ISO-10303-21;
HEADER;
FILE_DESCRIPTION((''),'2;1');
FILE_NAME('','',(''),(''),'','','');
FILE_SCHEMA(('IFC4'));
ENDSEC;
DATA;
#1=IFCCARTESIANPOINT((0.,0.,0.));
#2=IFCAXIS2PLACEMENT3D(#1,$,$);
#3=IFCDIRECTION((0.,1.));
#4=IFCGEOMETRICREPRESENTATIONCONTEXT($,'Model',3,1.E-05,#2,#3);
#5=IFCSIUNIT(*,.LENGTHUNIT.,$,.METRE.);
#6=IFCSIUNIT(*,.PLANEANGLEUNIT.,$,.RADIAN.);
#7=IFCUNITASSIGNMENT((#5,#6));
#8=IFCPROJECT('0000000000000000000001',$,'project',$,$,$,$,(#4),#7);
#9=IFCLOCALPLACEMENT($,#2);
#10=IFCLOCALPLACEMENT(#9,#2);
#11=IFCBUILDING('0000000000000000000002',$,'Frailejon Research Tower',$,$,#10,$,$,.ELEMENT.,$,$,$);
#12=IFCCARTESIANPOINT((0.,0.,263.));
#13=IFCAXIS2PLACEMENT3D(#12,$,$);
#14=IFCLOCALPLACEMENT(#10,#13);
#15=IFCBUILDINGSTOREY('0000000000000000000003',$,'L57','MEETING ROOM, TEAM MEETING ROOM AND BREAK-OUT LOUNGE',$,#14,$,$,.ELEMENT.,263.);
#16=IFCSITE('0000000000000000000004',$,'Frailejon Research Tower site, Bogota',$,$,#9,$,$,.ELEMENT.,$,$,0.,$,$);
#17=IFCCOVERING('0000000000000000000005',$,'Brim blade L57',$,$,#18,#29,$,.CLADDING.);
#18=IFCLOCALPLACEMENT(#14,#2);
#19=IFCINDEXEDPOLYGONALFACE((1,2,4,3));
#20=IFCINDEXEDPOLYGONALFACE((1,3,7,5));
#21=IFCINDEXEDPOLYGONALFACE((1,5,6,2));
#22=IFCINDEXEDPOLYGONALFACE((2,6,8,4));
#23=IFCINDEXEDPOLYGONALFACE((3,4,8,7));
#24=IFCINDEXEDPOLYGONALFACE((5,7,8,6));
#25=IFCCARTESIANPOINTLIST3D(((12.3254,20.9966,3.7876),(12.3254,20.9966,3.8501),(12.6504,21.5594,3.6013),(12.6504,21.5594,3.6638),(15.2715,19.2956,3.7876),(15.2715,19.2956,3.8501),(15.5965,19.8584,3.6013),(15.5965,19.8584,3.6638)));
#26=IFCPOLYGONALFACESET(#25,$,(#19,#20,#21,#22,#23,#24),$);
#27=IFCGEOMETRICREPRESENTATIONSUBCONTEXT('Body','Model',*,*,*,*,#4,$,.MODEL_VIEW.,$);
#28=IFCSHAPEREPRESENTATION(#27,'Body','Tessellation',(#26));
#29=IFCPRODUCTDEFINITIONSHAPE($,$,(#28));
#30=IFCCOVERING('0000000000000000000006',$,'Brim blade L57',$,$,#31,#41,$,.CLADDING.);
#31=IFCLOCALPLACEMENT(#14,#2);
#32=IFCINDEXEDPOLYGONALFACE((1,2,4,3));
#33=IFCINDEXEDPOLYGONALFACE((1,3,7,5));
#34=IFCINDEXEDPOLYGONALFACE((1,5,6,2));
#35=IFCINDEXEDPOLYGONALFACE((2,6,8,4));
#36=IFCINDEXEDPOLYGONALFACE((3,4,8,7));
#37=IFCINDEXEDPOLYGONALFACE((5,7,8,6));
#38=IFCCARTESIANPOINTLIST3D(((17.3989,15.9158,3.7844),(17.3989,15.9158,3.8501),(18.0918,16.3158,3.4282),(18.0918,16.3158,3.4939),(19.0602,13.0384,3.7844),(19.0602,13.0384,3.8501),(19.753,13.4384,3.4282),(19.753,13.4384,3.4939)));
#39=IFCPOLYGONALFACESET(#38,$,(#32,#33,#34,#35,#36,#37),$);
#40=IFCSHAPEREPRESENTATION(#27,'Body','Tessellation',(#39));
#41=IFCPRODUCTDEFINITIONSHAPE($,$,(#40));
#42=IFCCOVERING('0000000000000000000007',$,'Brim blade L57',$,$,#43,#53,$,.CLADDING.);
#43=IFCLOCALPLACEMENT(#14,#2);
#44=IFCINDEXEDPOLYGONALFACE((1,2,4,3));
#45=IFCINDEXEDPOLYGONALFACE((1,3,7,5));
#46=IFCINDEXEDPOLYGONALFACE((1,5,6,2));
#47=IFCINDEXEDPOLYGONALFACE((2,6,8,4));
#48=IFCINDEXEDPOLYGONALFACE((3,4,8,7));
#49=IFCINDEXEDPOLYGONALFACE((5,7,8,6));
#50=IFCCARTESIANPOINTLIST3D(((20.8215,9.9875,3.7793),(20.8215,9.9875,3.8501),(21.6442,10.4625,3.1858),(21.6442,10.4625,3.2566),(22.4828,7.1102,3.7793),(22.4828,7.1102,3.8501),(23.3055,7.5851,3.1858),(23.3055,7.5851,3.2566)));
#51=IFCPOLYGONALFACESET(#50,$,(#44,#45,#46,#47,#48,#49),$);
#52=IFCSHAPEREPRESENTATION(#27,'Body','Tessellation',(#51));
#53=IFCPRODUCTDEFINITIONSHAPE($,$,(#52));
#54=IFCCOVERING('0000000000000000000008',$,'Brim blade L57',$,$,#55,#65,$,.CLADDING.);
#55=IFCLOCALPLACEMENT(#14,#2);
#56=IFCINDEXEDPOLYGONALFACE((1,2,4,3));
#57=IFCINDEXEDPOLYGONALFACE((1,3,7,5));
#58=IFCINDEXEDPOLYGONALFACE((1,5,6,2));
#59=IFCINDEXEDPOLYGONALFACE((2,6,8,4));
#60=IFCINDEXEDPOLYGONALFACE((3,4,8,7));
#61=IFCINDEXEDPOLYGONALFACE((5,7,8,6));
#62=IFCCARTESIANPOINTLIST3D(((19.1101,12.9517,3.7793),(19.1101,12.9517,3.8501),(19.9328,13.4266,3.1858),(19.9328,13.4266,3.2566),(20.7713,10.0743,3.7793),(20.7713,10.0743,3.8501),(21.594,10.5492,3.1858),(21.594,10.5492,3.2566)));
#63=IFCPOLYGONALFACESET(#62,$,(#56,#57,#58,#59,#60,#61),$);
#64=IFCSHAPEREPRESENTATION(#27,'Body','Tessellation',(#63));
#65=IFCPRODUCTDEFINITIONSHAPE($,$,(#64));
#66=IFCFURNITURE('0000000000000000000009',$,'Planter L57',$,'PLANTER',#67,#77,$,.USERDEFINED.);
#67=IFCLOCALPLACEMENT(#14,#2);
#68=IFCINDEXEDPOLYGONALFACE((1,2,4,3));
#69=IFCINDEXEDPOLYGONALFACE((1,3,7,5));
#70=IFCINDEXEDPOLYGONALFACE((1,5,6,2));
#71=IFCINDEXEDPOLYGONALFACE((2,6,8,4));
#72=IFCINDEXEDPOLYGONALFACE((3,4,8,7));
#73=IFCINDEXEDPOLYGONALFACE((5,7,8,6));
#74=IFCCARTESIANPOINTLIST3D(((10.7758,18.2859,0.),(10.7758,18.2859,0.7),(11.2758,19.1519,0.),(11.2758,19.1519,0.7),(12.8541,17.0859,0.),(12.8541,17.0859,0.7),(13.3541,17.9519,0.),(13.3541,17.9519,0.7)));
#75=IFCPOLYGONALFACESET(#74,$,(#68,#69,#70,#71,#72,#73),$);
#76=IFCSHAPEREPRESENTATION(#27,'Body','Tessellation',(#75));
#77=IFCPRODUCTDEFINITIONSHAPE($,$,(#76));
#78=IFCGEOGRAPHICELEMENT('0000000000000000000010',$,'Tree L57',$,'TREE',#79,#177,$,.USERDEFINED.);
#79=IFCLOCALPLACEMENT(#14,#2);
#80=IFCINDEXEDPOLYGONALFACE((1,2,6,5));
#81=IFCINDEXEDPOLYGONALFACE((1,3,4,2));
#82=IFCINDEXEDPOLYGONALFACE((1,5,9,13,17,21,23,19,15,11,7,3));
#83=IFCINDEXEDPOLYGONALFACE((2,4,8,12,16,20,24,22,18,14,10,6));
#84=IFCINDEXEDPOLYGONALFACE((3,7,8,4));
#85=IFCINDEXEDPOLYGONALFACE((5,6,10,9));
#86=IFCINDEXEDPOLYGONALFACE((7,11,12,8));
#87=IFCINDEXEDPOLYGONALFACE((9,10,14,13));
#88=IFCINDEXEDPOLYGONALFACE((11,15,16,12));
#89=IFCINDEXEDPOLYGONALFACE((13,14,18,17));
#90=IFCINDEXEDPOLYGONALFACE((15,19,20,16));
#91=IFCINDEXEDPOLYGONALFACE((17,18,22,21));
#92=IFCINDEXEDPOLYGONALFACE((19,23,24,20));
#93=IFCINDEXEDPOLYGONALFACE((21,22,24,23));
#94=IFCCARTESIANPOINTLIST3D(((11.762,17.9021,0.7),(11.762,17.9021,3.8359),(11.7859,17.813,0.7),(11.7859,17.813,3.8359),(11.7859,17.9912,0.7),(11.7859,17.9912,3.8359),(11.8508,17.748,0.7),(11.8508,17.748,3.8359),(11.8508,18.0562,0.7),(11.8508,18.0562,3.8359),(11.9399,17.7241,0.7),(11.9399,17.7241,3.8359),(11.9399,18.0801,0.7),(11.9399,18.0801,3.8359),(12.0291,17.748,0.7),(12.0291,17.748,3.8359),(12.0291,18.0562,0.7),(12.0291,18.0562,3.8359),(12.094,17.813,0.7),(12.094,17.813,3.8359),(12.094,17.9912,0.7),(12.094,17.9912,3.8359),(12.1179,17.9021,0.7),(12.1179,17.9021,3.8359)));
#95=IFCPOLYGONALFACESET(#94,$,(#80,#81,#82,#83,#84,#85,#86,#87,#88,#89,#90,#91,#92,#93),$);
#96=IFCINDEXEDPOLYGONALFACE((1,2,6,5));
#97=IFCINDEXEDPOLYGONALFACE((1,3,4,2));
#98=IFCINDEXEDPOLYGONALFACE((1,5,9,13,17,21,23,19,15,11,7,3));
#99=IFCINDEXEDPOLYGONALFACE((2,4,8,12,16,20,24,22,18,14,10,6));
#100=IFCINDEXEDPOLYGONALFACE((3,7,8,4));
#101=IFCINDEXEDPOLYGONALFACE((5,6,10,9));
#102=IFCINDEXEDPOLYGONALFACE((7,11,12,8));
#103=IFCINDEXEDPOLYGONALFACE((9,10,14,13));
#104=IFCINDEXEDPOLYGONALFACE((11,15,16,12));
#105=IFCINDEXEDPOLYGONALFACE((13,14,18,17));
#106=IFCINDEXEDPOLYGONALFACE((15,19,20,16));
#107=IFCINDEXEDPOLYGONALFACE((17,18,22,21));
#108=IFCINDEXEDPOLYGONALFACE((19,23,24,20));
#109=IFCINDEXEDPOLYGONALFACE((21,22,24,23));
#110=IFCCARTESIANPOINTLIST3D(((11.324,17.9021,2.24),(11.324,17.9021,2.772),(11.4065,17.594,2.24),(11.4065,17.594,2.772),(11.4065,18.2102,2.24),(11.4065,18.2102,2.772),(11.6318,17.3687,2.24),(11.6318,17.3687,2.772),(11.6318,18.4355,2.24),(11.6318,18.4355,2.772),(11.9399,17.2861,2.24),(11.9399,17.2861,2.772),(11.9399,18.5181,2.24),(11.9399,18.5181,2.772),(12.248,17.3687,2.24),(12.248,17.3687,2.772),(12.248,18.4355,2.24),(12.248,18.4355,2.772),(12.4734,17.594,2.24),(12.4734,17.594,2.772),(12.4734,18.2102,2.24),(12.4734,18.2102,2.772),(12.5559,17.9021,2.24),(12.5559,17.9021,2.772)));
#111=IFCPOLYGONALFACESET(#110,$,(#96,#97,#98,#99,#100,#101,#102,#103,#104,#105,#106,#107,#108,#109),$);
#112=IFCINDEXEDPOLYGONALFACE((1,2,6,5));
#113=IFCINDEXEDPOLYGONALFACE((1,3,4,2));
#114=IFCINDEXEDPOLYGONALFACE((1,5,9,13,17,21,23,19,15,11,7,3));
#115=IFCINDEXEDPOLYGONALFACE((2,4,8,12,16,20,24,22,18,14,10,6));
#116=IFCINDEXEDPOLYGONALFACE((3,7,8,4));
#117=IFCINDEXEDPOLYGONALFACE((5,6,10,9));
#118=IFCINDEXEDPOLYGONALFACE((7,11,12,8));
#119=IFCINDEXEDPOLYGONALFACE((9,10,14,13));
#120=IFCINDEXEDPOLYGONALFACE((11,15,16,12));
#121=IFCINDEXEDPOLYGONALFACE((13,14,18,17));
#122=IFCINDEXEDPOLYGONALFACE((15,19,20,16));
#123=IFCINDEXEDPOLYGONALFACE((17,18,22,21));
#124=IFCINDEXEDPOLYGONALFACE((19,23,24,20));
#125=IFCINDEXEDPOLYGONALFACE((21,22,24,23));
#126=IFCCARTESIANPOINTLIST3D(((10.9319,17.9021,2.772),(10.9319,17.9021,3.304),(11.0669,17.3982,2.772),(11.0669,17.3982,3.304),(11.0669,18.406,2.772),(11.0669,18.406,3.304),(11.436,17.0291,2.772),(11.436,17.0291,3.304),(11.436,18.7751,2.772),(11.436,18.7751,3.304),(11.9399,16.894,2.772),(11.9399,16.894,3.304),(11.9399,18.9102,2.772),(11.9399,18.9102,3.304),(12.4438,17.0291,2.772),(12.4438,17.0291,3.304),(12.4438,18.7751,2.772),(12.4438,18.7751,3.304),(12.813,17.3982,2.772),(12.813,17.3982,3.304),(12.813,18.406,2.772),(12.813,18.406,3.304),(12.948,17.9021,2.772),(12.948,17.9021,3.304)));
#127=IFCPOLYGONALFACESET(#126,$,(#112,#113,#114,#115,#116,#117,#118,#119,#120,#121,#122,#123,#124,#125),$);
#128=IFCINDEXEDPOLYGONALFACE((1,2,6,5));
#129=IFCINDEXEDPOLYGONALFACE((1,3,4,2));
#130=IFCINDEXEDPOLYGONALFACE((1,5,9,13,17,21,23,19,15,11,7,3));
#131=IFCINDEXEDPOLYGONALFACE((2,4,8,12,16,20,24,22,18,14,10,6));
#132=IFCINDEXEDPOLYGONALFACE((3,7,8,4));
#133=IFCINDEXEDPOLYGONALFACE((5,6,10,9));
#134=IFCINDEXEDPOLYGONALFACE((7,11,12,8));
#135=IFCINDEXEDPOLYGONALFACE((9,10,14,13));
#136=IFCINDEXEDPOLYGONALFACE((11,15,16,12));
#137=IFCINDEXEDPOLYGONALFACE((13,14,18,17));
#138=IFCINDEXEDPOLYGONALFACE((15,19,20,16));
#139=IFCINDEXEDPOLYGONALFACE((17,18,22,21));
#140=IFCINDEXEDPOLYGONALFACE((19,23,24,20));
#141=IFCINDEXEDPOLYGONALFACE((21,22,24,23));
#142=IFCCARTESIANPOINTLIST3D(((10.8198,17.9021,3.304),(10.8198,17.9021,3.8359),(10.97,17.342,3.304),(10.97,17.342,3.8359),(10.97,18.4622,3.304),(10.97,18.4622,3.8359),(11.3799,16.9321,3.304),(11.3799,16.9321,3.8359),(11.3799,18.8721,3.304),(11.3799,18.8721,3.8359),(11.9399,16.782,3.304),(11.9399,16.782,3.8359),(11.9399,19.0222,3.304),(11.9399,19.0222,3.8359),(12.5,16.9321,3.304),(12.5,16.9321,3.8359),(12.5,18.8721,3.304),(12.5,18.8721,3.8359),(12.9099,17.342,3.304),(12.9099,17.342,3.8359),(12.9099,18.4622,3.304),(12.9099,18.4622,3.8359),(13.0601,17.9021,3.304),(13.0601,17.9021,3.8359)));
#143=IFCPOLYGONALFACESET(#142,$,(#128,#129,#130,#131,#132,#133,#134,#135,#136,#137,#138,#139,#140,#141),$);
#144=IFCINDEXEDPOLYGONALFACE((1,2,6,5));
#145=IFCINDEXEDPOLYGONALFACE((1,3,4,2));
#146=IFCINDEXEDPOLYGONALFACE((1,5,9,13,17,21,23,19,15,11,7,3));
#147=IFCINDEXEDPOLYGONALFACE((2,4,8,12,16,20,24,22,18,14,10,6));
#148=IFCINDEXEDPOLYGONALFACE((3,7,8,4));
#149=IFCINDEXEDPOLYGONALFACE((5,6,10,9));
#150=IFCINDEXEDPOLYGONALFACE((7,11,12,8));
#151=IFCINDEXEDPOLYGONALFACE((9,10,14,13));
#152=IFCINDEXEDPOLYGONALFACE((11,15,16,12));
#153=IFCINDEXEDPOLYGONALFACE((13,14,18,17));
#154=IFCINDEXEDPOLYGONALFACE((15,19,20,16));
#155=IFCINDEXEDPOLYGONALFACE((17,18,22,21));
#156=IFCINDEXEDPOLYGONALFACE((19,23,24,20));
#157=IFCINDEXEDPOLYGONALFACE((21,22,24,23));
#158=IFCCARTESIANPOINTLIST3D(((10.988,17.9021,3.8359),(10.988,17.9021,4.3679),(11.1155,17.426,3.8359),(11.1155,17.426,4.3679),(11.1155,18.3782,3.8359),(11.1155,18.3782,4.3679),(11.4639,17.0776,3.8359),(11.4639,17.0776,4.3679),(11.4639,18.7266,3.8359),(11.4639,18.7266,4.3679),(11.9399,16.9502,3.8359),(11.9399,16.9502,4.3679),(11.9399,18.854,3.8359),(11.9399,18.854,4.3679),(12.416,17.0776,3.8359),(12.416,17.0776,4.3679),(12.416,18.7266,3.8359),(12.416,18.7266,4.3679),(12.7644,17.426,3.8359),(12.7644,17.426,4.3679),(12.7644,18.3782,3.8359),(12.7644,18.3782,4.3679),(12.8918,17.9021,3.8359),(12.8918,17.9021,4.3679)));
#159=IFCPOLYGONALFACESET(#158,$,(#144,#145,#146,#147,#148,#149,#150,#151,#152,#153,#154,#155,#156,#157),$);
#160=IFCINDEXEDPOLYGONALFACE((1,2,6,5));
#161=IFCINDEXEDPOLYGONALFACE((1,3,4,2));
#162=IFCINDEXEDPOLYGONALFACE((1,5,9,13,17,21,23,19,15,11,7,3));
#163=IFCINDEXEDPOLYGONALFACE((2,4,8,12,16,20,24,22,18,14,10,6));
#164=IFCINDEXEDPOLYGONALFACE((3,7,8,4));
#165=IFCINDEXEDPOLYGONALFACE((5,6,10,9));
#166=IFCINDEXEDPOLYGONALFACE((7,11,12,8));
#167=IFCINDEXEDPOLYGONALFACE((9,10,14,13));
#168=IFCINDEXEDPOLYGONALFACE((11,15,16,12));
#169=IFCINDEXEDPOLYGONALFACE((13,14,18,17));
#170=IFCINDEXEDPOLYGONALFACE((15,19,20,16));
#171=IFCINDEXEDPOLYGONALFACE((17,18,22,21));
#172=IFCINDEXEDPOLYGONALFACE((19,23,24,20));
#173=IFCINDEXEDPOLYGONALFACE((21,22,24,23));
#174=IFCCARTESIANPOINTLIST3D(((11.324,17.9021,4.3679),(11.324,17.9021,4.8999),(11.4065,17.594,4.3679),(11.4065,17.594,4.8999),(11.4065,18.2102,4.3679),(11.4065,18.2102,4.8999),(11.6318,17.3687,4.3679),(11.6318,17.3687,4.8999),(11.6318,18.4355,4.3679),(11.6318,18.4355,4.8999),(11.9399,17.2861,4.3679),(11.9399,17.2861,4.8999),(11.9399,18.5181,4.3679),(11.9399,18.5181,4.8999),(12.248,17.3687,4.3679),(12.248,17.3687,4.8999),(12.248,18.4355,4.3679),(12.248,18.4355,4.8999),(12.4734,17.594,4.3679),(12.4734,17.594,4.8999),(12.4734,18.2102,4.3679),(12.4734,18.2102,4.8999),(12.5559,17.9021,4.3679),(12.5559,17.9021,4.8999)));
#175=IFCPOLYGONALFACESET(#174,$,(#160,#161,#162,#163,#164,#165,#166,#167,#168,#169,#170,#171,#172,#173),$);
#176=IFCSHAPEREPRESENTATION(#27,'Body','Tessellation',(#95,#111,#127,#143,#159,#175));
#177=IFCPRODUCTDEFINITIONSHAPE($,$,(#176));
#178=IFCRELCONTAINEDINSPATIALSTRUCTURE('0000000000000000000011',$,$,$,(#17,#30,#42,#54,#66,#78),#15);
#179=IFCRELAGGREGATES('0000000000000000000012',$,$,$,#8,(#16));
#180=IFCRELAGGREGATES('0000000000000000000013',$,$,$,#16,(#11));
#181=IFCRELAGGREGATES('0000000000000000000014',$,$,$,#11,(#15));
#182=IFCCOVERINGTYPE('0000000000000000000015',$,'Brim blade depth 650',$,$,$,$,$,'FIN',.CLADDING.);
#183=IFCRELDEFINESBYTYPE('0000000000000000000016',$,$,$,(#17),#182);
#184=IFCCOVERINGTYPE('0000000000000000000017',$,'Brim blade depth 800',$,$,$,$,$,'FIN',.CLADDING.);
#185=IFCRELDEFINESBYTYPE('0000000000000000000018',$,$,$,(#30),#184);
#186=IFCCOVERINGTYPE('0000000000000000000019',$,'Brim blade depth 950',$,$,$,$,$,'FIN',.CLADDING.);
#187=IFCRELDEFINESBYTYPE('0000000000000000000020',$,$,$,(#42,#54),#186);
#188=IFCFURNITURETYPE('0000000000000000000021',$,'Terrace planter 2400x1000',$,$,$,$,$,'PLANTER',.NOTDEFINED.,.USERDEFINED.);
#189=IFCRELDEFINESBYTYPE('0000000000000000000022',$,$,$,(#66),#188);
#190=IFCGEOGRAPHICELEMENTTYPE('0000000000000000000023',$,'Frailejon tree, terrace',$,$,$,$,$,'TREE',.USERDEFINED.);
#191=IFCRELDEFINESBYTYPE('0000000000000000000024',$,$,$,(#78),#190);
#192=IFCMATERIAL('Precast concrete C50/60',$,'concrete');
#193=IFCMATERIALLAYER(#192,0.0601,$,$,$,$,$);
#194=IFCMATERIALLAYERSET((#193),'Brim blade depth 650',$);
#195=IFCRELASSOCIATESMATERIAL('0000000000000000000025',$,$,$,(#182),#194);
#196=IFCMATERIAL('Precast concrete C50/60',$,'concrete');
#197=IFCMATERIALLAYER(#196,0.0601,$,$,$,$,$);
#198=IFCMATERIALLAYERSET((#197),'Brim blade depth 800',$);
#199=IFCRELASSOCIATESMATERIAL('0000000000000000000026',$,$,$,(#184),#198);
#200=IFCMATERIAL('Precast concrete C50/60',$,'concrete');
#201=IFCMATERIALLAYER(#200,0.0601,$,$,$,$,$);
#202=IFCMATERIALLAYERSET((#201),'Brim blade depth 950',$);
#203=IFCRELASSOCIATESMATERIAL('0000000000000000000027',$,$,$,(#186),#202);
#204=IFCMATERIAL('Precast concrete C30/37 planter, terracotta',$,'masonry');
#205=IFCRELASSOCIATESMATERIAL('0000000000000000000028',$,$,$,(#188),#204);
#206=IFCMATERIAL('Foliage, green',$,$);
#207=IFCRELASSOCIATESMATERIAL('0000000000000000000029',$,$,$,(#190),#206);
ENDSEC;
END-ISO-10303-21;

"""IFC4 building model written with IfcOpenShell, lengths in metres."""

from ifc_helpers import new_model, si_unit, direction, frame, origin, origin_2d, place, context, subcontext, project, spatial, polyline, rectangle, outline, extrude, material, layer, layer_set, type_object, element, save


model = new_model("IFC4")

# Units and contexts
model_context = context("Model", 3, precision=1e-05, world=origin(), true_north=direction((0.0, 1.0)))
body_context = subcontext(model_context, "Body", "Model", "MODEL_VIEW")
ifc_project = project(units=[si_unit("LENGTHUNIT", "METRE"), si_unit("PLANEANGLEUNIT", "RADIAN")], contexts=[model_context])

# Site, building, storey
site_placement = place(None, origin())
site = spatial("IfcSite", under=ifc_project, at=site_placement, Name="Frailejon Research Tower site, Bogota", CompositionType="ELEMENT", RefElevation=0.0)
building_placement = place(site_placement, origin())
building = spatial("IfcBuilding", under=site, at=building_placement, Name="Frailejon Research Tower", CompositionType="ELEMENT")
storey_placement = place(building_placement, frame((0.0, 0.0, 263.0)))
storey = spatial("IfcBuildingStorey", under=building, at=storey_placement, Name="L57", Description="MEETING ROOM, TEAM MEETING ROOM AND BREAK-OUT LOUNGE", CompositionType="ELEMENT", Elevation=263.0)

# Coverings
ifc_material_1 = material(Name="Precast concrete C50/60", Category="concrete")
ifc_layer_1 = layer(ifc_material_1, 0.0601)
ifc_layer_set_1 = layer_set([ifc_layer_1], Name="Brim blade depth 650")
covering_type_1 = type_object("IfcCoveringType", Name="Brim blade depth 650", ElementType="FIN", PredefinedType="CLADDING", material=ifc_layer_set_1)
covering_1_placement = place(storey_placement, frame((12.3254, 20.9966, 3.8501), z_axis=(0.866017, -0.500015, 0.0), x_axis=(0.500015, 0.866017, 0.0)))
element("IfcCovering", 1, at=covering_1_placement, inside=storey, type_object=covering_type_1, Name="Brim blade L57", PredefinedType="CLADDING", context=body_context, shape_type="SweptSolid", body=[
    extrude(outline(polyline([(0.0, -0.0625), (0.6499, -0.2488), (0.6499, -0.1863), (0.0, 0.0), (0.0, -0.0625)])), origin(), (0.0, 0.0, 1.0), 3.4019),
])
ifc_material_2 = material(Name="Precast concrete C50/60", Category="concrete")
ifc_layer_2 = layer(ifc_material_2, 0.0601)
ifc_layer_set_2 = layer_set([ifc_layer_2], Name="Brim blade depth 800")
covering_type_2 = type_object("IfcCoveringType", Name="Brim blade depth 800", ElementType="FIN", PredefinedType="CLADDING", material=ifc_layer_set_2)
covering_2_placement = place(storey_placement, frame((17.3989, 15.9158, 3.8501), z_axis=(0.499995, -0.866028, 0.0), x_axis=(0.866028, 0.499995, 0.0)))
element("IfcCovering", 2, at=covering_2_placement, inside=storey, type_object=covering_type_2, Name="Brim blade L57", PredefinedType="CLADDING", context=body_context, shape_type="SweptSolid", body=[
    extrude(outline(polyline([(0.0, -0.0657), (0.8, -0.4219), (0.8, -0.3562), (0.0, 0.0), (0.0, -0.0657)])), origin(), (0.0, 0.0, 1.0), 3.3225),
])
ifc_material_3 = material(Name="Precast concrete C50/60", Category="concrete")
ifc_layer_3 = layer(ifc_material_3, 0.0601)
ifc_layer_set_3 = layer_set([ifc_layer_3], Name="Brim blade depth 950")
covering_type_3 = type_object("IfcCoveringType", Name="Brim blade depth 950", ElementType="FIN", PredefinedType="CLADDING", material=ifc_layer_set_3)
for number, where, z_axis, x_axis, name in (
    (3, (20.8215, 9.9875, 3.8501), (0.499995, -0.866028, 0.0), (0.866028, 0.499995, 0.0), "Brim blade L57"),
    (4, (19.1101, 12.9517, 3.8501), (0.499995, -0.866028, 0.0), (0.866028, 0.499995, 0.0), "Brim blade L57"),
):
    element("IfcCovering", number, at=place(storey_placement, frame(where, z_axis=z_axis, x_axis=x_axis)), inside=storey, type_object=covering_type_3, Name=name, PredefinedType="CLADDING", context=body_context, shape_type="SweptSolid", body=[
        extrude(outline(polyline([(0.0, -0.0708), (0.95, -0.6643), (0.95, -0.5935), (0.0, 0.0), (0.0, -0.0708)])), origin(), (0.0, 0.0, 1.0), 3.3225),
    ])

# Furniture
ifc_material_4 = material(Name="Precast concrete C30/37 planter, terracotta", Category="masonry")
furniture_type = type_object("IfcFurnitureType", Name="Terrace planter 2400x1000", ElementType="PLANTER", AssemblyPlace="NOTDEFINED", PredefinedType="USERDEFINED", material=ifc_material_4)
furniture_placement = place(storey_placement, frame((12.0649, 18.1189, 0.0), z_axis=(0.0, 0.0, 1.0), x_axis=(-0.866025, 0.5, 0.0)))
element("IfcFurniture", 5, at=furniture_placement, inside=storey, type_object=furniture_type, Name="Planter L57", ObjectType="PLANTER", PredefinedType="USERDEFINED", context=body_context, shape_type="SweptSolid", body=[
    extrude(rectangle(XDim=2.3999, YDim=1.0, at=origin_2d()), origin(), (0.0, 0.0, 1.0), 0.7),
])

# Geographic element
ifc_material_5 = material(Name="Foliage, green")
geographic_element_type = type_object("IfcGeographicElementType", Name="Frailejon tree, terrace", ElementType="TREE", PredefinedType="USERDEFINED", material=ifc_material_5)
geographic_element_placement = place(storey_placement, frame((11.9399, 17.9021, 0.7)))
element("IfcGeographicElement", 6, at=geographic_element_placement, inside=storey, type_object=geographic_element_type, Name="Tree L57", ObjectType="TREE", PredefinedType="USERDEFINED", context=body_context, shape_type="SweptSolid", body=[
    extrude(outline(polyline([(0.178, 0.0), (0.1541, 0.0891), (0.0891, 0.1541), (0.0, 0.178), (-0.0891, 0.1541), (-0.1541, 0.0891), (-0.178, 0.0), (-0.1541, -0.0891), (-0.0891, -0.1541), (0.0, -0.178), (0.0891, -0.1541), (0.1541, -0.0891), (0.178, 0.0)])), origin(), (0.0, 0.0, 1.0), 3.136),
    extrude(outline(polyline([(0.616, 0.0), (0.5334, 0.3081), (0.3081, 0.5334), (0.0, 0.616), (-0.3081, 0.5334), (-0.5334, 0.3081), (-0.616, 0.0), (-0.5334, -0.3081), (-0.3081, -0.5334), (0.0, -0.616), (0.3081, -0.5334), (0.5334, -0.3081), (0.616, 0.0)])), frame((0.0, 0.0, 1.54)), (0.0, 0.0, 1.0), 0.532),
    extrude(outline(polyline([(1.0081, 0.0), (0.873, 0.5039), (0.5039, 0.873), (0.0, 1.0081), (-0.5039, 0.873), (-0.873, 0.5039), (-1.0081, 0.0), (-0.873, -0.5039), (-0.5039, -0.873), (0.0, -1.0081), (0.5039, -0.873), (0.873, -0.5039), (1.0081, 0.0)])), frame((0.0, 0.0, 2.072)), (0.0, 0.0, 1.0), 0.532),
    extrude(outline(polyline([(1.1201, 0.0), (0.97, 0.5601), (0.5601, 0.97), (0.0, 1.1201), (-0.5601, 0.97), (-0.97, 0.5601), (-1.1201, 0.0), (-0.97, -0.5601), (-0.5601, -0.97), (0.0, -1.1201), (0.5601, -0.97), (0.97, -0.5601), (1.1201, 0.0)])), frame((0.0, 0.0, 2.604)), (0.0, 0.0, 1.0), 0.532),
    extrude(outline(polyline([(0.9519, 0.0), (0.8245, 0.4761), (0.4761, 0.8245), (0.0, 0.9519), (-0.4761, 0.8245), (-0.8245, 0.4761), (-0.9519, 0.0), (-0.8245, -0.4761), (-0.4761, -0.8245), (0.0, -0.9519), (0.4761, -0.8245), (0.8245, -0.4761), (0.9519, 0.0)])), frame((0.0, 0.0, 3.136)), (0.0, 0.0, 1.0), 0.532),
    extrude(outline(polyline([(0.616, 0.0), (0.5334, 0.3081), (0.3081, 0.5334), (0.0, 0.616), (-0.3081, 0.5334), (-0.5334, 0.3081), (-0.616, 0.0), (-0.5334, -0.3081), (-0.3081, -0.5334), (0.0, -0.616), (0.3081, -0.5334), (0.5334, -0.3081), (0.616, 0.0)])), frame((0.0, 0.0, 3.668)), (0.0, 0.0, 1.0), 0.532),
])

save(model, "model.ifc")
